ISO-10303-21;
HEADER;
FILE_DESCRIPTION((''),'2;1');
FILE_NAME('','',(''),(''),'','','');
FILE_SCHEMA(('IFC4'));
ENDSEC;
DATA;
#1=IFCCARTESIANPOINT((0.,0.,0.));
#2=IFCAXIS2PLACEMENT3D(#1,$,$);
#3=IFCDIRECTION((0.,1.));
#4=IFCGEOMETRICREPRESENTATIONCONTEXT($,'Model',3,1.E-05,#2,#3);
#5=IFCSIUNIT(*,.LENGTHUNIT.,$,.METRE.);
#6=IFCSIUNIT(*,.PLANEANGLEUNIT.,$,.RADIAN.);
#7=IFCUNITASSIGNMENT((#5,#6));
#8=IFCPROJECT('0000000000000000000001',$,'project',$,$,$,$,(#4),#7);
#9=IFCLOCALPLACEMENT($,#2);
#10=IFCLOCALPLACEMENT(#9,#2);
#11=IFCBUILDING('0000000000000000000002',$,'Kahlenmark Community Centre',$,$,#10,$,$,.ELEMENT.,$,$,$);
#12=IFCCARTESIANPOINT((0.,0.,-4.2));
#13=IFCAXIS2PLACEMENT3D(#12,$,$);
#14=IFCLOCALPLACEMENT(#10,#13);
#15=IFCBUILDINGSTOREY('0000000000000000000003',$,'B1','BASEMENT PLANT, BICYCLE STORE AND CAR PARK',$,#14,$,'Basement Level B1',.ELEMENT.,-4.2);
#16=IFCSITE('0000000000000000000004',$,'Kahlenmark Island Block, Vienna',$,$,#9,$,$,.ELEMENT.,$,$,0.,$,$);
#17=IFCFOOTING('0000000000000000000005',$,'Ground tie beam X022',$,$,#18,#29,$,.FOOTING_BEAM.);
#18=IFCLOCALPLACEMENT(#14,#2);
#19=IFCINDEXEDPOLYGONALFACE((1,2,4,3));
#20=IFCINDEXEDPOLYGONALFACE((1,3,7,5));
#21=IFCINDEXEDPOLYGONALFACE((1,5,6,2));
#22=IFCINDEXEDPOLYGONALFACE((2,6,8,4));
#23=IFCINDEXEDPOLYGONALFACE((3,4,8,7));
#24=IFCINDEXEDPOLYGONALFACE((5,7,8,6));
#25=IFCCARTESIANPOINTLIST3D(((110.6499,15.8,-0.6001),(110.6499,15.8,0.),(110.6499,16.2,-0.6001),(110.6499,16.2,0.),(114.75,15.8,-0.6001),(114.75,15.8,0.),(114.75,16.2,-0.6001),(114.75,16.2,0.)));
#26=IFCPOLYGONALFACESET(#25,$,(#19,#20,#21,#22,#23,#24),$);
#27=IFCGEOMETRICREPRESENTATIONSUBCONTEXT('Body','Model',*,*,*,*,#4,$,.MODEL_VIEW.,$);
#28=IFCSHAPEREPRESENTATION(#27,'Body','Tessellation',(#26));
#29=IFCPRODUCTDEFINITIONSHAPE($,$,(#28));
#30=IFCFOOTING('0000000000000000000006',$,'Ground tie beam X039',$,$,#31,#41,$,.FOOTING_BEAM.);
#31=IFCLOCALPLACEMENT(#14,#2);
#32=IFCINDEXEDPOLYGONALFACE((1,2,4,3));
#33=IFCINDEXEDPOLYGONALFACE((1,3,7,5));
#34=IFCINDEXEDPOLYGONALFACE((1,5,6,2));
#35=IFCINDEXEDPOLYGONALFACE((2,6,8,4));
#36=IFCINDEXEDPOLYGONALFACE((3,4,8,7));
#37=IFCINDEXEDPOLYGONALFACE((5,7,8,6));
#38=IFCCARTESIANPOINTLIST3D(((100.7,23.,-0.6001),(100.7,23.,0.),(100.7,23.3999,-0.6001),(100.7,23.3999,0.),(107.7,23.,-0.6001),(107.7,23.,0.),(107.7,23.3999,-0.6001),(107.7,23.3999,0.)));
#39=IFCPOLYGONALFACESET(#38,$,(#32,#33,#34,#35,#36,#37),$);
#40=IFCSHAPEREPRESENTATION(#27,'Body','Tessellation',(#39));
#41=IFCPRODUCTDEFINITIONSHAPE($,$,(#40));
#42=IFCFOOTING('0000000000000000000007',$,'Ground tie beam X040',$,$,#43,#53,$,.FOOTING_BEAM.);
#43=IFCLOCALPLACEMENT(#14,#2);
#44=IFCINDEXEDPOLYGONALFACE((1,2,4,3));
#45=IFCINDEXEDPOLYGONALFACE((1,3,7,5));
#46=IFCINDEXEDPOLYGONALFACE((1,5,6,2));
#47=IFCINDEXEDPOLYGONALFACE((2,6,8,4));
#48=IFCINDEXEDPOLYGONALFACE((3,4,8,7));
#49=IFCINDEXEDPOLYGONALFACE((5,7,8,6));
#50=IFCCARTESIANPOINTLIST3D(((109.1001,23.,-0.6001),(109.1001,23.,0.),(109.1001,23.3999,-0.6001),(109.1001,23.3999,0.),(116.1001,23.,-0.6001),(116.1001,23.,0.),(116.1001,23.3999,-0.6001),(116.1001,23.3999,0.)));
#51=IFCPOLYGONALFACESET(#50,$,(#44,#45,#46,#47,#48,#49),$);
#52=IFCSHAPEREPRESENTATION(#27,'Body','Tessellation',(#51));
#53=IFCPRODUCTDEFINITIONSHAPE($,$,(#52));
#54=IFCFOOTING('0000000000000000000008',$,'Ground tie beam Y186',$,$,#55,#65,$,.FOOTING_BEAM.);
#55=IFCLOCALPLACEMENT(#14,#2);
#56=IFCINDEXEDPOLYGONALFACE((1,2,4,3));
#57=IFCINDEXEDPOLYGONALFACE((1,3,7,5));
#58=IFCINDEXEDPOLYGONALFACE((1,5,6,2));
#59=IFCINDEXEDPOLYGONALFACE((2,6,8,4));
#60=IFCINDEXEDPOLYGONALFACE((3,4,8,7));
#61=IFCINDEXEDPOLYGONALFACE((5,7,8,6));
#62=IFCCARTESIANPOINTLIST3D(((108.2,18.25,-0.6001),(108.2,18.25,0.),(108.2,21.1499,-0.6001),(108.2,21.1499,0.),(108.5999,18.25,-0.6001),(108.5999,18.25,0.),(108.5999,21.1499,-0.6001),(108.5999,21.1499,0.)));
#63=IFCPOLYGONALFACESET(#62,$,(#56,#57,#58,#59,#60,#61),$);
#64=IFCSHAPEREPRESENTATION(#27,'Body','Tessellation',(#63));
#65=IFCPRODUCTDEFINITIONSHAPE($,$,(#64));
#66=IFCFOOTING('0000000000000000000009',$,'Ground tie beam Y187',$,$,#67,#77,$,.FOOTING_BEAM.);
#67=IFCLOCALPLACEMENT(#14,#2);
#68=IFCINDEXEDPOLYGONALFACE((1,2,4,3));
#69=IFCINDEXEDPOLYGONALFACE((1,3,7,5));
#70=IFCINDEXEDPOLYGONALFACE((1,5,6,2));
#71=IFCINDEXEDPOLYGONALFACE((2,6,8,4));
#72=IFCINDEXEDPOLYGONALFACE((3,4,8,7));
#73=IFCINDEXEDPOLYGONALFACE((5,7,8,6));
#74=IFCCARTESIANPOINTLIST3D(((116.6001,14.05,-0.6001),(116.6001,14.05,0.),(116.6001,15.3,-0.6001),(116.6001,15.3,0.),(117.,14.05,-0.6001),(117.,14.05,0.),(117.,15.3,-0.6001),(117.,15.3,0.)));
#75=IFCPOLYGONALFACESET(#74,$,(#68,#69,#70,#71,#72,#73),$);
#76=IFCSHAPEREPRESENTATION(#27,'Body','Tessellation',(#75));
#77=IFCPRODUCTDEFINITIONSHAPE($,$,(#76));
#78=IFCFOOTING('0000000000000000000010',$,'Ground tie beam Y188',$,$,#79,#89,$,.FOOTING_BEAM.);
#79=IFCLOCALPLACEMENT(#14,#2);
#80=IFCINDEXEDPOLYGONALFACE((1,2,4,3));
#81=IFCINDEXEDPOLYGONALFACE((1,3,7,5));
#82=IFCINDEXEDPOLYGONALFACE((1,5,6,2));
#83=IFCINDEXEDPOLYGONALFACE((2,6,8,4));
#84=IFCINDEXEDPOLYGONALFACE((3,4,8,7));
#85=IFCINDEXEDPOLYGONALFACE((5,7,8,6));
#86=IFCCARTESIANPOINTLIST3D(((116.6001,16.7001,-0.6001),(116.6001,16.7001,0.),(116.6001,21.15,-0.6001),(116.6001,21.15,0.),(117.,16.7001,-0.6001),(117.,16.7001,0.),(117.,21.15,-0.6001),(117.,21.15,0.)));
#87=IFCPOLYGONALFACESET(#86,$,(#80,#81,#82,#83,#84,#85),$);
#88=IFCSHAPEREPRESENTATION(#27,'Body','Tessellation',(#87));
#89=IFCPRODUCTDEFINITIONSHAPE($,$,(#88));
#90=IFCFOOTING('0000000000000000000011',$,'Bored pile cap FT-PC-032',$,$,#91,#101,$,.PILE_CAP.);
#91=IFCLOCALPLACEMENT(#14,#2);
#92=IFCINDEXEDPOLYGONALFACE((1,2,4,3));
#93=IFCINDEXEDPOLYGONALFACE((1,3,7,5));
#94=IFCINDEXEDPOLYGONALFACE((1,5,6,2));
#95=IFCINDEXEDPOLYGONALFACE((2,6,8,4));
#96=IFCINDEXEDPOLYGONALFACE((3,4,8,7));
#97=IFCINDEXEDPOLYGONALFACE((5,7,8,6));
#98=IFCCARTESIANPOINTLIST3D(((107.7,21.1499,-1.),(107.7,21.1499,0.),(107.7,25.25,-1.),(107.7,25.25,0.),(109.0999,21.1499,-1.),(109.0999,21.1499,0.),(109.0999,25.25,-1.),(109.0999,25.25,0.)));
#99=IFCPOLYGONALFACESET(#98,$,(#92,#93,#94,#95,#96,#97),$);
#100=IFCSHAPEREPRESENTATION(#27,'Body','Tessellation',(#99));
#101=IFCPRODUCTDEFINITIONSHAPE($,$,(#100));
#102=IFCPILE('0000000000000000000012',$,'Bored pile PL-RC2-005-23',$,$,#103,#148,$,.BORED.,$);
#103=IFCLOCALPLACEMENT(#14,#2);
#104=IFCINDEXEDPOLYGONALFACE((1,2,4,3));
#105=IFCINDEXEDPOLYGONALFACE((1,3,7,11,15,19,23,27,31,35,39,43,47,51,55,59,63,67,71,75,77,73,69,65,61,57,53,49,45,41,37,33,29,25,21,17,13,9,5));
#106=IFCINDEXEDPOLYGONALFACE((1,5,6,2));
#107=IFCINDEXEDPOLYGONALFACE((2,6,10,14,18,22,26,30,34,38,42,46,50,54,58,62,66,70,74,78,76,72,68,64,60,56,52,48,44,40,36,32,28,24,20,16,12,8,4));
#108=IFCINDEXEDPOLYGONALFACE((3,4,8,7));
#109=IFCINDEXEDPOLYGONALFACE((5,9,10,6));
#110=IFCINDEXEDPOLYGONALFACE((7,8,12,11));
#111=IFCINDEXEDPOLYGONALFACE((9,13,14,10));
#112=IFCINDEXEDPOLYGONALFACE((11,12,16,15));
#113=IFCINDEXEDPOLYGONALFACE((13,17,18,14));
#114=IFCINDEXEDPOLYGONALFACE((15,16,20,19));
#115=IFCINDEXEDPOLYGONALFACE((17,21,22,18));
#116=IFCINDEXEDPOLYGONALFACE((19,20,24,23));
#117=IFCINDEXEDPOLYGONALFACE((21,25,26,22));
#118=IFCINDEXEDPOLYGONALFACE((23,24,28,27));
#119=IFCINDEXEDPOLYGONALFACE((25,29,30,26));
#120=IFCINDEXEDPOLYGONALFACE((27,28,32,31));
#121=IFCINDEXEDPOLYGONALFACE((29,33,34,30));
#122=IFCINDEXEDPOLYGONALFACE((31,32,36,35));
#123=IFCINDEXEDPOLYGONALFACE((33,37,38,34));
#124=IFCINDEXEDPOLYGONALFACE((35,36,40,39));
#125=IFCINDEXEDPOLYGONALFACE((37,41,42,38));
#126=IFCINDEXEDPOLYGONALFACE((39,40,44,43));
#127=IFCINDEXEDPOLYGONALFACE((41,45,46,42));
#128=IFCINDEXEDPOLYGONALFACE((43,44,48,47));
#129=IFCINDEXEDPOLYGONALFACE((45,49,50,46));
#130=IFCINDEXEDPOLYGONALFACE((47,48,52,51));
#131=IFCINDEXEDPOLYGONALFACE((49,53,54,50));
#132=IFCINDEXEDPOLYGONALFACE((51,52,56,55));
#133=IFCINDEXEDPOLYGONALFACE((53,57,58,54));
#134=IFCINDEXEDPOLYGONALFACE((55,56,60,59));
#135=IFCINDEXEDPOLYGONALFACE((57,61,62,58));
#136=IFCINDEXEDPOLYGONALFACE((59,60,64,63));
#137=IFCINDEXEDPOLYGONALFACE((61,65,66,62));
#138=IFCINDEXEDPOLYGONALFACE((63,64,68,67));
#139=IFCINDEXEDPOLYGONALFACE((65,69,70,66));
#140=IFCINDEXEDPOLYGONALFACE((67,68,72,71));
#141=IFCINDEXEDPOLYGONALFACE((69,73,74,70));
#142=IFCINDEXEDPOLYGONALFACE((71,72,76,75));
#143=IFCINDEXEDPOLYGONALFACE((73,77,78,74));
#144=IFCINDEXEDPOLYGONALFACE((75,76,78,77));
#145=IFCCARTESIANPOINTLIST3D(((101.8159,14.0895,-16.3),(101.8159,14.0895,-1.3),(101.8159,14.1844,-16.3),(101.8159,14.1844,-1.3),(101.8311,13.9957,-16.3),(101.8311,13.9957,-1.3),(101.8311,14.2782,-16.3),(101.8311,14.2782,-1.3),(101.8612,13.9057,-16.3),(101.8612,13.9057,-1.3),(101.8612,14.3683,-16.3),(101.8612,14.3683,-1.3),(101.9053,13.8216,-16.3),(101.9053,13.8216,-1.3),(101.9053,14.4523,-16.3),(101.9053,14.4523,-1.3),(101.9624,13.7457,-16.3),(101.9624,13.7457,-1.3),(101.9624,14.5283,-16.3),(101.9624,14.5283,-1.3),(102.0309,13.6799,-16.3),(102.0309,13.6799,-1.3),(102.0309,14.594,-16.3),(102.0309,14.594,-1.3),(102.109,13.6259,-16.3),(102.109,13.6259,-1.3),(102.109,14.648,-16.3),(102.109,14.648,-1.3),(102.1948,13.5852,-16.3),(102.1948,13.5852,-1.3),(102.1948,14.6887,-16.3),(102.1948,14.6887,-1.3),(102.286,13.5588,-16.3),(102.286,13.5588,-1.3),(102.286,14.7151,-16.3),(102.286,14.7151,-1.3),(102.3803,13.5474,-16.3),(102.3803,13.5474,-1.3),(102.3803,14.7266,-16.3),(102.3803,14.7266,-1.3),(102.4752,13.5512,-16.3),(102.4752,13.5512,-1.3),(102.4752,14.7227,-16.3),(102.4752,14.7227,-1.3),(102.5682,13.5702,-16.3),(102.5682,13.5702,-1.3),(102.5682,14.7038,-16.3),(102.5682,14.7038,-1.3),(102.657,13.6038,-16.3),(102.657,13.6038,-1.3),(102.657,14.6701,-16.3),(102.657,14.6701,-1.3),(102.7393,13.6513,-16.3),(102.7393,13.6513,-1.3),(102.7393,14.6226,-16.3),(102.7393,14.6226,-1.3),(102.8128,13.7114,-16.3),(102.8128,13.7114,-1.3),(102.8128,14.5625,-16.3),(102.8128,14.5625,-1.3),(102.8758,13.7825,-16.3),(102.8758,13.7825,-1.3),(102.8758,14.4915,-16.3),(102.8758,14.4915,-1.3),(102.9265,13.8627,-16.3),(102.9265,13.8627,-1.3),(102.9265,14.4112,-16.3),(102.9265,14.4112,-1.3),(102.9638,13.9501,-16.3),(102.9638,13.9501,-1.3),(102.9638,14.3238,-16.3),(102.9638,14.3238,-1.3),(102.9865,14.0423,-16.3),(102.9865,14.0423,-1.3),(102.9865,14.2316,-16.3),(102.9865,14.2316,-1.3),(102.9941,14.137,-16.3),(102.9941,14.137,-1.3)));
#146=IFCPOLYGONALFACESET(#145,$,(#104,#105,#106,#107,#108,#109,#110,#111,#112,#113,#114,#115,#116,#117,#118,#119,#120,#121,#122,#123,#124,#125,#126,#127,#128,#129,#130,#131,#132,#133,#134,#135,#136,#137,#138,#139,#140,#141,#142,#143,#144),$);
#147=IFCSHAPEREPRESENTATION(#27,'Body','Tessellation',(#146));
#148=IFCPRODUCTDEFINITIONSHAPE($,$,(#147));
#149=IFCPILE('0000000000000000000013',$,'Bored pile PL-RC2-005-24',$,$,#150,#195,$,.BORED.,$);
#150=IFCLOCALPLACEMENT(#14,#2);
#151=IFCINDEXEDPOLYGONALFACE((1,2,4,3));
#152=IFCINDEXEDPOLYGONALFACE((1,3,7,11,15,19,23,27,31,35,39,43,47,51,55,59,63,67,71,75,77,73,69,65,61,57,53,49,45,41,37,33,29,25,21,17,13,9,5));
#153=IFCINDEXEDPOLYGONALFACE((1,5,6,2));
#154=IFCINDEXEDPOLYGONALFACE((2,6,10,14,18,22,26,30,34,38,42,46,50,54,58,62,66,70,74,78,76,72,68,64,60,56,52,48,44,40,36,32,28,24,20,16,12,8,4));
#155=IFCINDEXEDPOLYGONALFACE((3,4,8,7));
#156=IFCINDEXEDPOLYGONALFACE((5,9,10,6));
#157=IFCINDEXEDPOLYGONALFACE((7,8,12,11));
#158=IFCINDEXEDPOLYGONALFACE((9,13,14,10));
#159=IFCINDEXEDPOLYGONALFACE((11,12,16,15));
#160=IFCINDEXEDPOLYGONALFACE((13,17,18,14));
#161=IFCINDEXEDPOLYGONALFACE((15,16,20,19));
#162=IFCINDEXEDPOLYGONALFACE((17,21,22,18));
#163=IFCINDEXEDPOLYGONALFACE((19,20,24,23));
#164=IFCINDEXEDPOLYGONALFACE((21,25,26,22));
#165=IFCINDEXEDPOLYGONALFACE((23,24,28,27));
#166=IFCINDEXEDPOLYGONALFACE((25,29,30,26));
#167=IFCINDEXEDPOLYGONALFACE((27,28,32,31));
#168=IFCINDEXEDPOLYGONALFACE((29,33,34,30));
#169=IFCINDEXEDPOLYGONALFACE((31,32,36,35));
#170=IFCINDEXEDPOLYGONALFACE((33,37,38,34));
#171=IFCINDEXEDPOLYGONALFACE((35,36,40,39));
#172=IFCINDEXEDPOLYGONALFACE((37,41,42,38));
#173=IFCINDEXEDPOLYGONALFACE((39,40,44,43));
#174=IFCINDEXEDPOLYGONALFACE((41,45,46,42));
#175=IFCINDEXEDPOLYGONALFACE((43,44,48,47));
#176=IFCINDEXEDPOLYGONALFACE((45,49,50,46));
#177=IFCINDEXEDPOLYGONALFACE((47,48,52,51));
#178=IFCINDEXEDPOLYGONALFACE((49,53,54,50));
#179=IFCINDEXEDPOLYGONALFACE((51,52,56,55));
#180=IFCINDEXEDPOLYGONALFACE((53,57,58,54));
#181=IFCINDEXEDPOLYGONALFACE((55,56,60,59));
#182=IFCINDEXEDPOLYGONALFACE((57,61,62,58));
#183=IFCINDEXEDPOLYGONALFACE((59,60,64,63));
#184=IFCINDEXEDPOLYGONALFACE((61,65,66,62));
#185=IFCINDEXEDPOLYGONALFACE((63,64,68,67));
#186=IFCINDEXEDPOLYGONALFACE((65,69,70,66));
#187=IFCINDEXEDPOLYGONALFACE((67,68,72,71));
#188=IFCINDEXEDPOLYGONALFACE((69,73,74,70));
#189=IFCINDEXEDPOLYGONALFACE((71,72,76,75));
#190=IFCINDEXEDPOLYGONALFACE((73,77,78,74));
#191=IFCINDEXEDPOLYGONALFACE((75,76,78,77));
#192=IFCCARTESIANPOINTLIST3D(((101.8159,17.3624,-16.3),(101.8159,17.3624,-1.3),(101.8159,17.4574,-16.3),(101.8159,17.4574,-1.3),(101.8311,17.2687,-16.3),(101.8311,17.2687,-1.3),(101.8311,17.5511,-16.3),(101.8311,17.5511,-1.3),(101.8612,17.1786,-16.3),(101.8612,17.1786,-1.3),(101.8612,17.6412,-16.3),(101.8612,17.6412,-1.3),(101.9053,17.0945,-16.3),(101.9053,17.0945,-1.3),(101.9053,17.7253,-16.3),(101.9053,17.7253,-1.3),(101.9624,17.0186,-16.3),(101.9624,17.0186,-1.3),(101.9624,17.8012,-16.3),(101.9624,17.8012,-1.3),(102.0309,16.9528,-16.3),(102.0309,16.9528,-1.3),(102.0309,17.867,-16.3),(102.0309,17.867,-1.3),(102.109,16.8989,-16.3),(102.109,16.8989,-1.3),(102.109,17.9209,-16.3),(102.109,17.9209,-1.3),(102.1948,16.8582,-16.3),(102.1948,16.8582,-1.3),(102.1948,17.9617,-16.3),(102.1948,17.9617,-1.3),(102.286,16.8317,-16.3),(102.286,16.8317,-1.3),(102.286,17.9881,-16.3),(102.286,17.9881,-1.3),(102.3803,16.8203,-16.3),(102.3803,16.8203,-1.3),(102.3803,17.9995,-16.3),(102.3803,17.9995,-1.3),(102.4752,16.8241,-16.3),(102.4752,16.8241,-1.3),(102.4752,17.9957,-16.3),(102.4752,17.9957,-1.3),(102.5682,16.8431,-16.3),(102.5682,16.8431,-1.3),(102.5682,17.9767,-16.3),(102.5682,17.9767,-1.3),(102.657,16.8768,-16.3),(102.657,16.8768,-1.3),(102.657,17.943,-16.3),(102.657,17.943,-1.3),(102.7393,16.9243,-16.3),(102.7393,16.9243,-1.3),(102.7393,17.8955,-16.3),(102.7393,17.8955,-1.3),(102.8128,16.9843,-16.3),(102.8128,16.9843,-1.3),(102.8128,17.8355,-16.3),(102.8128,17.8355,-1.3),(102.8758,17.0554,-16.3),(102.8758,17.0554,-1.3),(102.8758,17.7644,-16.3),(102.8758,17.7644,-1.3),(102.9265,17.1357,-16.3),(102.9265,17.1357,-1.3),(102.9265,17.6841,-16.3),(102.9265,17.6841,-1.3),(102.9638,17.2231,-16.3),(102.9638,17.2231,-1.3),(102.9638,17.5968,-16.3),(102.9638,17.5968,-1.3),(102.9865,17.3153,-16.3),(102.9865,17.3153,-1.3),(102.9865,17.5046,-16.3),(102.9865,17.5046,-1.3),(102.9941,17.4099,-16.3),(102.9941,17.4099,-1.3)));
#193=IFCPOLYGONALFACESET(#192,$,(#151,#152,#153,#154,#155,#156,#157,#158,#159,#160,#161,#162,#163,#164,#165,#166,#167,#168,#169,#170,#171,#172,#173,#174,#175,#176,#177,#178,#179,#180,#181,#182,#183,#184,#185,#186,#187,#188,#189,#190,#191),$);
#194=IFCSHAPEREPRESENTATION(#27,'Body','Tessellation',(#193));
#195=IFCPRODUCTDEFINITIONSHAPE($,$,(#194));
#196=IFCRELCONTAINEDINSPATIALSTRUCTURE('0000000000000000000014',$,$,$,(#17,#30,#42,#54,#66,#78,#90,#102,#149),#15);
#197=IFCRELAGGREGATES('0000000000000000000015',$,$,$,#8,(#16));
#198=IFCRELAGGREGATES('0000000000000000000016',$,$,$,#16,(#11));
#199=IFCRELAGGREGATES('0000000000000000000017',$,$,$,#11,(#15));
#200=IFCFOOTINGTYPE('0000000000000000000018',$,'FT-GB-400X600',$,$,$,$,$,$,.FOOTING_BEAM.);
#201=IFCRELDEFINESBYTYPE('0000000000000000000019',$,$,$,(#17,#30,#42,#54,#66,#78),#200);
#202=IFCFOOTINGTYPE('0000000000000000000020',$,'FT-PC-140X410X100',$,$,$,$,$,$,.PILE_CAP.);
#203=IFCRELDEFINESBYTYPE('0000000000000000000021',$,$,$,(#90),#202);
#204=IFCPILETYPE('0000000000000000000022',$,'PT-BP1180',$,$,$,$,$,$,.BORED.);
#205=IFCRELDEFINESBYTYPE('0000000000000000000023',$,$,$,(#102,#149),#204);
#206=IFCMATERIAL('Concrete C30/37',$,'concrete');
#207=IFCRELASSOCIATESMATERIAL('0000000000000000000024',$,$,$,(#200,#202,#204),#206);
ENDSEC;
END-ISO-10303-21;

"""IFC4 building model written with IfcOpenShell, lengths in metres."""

from ifc_helpers import new_model, si_unit, direction, frame, origin, origin_2d, place, context, subcontext, project, spatial, rectangle, circle, extrude, material, material_profile, profile_set, type_object, element, save


model = new_model("IFC4")

# Units and contexts
model_context = context("Model", 3, precision=1e-05, world=origin(), true_north=direction((0.0, 1.0)))
body_context = subcontext(model_context, "Body", "Model", "MODEL_VIEW")
ifc_project = project(units=[si_unit("LENGTHUNIT", "METRE"), si_unit("PLANEANGLEUNIT", "RADIAN")], contexts=[model_context])

# Site, building, storey
site_placement = place(None, origin())
site = spatial("IfcSite", under=ifc_project, at=site_placement, Name="Kahlenmark Island Block, Vienna", CompositionType="ELEMENT", RefElevation=0.0)
building_placement = place(site_placement, origin())
building = spatial("IfcBuilding", under=site, at=building_placement, Name="Kahlenmark Community Centre", CompositionType="ELEMENT")
storey_placement = place(building_placement, frame((0.0, 0.0, -4.2)))
storey = spatial("IfcBuildingStorey", under=building, at=storey_placement, Name="B1", Description="BASEMENT PLANT, BICYCLE STORE AND CAR PARK", LongName="Basement Level B1", CompositionType="ELEMENT", Elevation=-4.2)

# Footings
ifc_material_1 = material(Name="Concrete C30/37", Category="concrete")
footing_type_1 = type_object("IfcFootingType", Name="FT-GB-400X600", PredefinedType="FOOTING_BEAM", material=ifc_material_1)
footing_1_placement = place(storey_placement, frame((112.7, 16.0, -0.6001), z_axis=(0.0, 0.0, 1.0), x_axis=(1.0, 0.0, 0.0)))
element("IfcFooting", 1, at=footing_1_placement, inside=storey, type_object=footing_type_1, Name="Ground tie beam X022", PredefinedType="FOOTING_BEAM", context=body_context, shape_type="SweptSolid", body=[
    extrude(rectangle(XDim=4.1001, YDim=0.3999, at=origin_2d()), origin(), (0.0, 0.0, 1.0), 0.6001),
])
for number, where, z_axis, x_axis, name in (
    (2, (104.2, 23.2, -0.6001), (0.0, 0.0, 1.0), (1.0, 0.0, 0.0), "Ground tie beam X039"),
    (3, (112.6001, 23.2, -0.6001), (0.0, 0.0, 1.0), (1.0, 0.0, 0.0), "Ground tie beam X040"),
):
    element("IfcFooting", number, at=place(storey_placement, frame(where, z_axis=z_axis, x_axis=x_axis)), inside=storey, type_object=footing_type_1, Name=name, PredefinedType="FOOTING_BEAM", context=body_context, shape_type="SweptSolid", body=[
        extrude(rectangle(XDim=7.0, YDim=0.3999, at=origin_2d()), origin(), (0.0, 0.0, 1.0), 0.6001),
    ])
footing_2_placement = place(storey_placement, frame((108.3999, 19.7, -0.6001), z_axis=(0.0, 0.0, 1.0), x_axis=(1.0, 0.0, 0.0)))
element("IfcFooting", 4, at=footing_2_placement, inside=storey, type_object=footing_type_1, Name="Ground tie beam Y186", PredefinedType="FOOTING_BEAM", context=body_context, shape_type="SweptSolid", body=[
    extrude(rectangle(XDim=0.3999, YDim=2.8999, at=origin_2d()), origin(), (0.0, 0.0, 1.0), 0.6001),
])
footing_3_placement = place(storey_placement, frame((116.8, 14.675, -0.6001), z_axis=(0.0, 0.0, 1.0), x_axis=(1.0, 0.0, 0.0)))
element("IfcFooting", 5, at=footing_3_placement, inside=storey, type_object=footing_type_1, Name="Ground tie beam Y187", PredefinedType="FOOTING_BEAM", context=body_context, shape_type="SweptSolid", body=[
    extrude(rectangle(XDim=0.3999, YDim=1.25, at=origin_2d()), origin(), (0.0, 0.0, 1.0), 0.6001),
])
footing_4_placement = place(storey_placement, frame((116.8, 18.925, -0.6001), z_axis=(0.0, 0.0, 1.0), x_axis=(1.0, 0.0, 0.0)))
element("IfcFooting", 6, at=footing_4_placement, inside=storey, type_object=footing_type_1, Name="Ground tie beam Y188", PredefinedType="FOOTING_BEAM", context=body_context, shape_type="SweptSolid", body=[
    extrude(rectangle(XDim=0.3999, YDim=4.45, at=origin_2d()), origin(), (0.0, 0.0, 1.0), 0.6001),
])
footing_type_2 = type_object("IfcFootingType", Name="FT-PC-140X410X100", PredefinedType="PILE_CAP", material=ifc_material_1)
footing_5_placement = place(storey_placement, frame((108.3999, 23.2, -1.0), z_axis=(0.0, 0.0, 1.0), x_axis=(1.0, 0.0, 0.0)))
element("IfcFooting", 7, at=footing_5_placement, inside=storey, type_object=footing_type_2, Name="Bored pile cap FT-PC-032", PredefinedType="PILE_CAP", context=body_context, shape_type="SweptSolid", body=[
    extrude(rectangle(XDim=1.3999, YDim=4.1001, at=origin_2d()), origin(), (0.0, 0.0, 1.0), 1.0),
])

# Piles
ifc_material_profile_1 = material_profile(ifc_material_1, circle(Radius=0.5901, at=origin_2d()), Name="BORED PILE 1180")
ifc_profile_set_1 = profile_set([ifc_material_profile_1], Name="Concrete C30/37")
pile_type_1 = type_object("IfcPileType", Name="PT-BP1180", PredefinedType="BORED", material=ifc_profile_set_1)
for number, where, z_axis, x_axis, name in (
    (8, (102.4041, 14.137, -1.3), (0.0, 0.0, -1.0), (1.0, 0.0, 0.0), "Bored pile PL-RC2-005-23"),
    (9, (102.4041, 17.4099, -1.3), (0.0, 0.0, -1.0), (1.0, 0.0, 0.0), "Bored pile PL-RC2-005-24"),
):
    element("IfcPile", number, at=place(storey_placement, frame(where, z_axis=z_axis, x_axis=x_axis)), inside=storey, type_object=pile_type_1, Name=name, PredefinedType="BORED", context=body_context, shape_type="SweptSolid", body=[
        extrude(circle(Radius=0.5901, at=origin_2d()), origin(), (0.0, 0.0, 1.0), 15.0),
    ])

save(model, "model.ifc")
